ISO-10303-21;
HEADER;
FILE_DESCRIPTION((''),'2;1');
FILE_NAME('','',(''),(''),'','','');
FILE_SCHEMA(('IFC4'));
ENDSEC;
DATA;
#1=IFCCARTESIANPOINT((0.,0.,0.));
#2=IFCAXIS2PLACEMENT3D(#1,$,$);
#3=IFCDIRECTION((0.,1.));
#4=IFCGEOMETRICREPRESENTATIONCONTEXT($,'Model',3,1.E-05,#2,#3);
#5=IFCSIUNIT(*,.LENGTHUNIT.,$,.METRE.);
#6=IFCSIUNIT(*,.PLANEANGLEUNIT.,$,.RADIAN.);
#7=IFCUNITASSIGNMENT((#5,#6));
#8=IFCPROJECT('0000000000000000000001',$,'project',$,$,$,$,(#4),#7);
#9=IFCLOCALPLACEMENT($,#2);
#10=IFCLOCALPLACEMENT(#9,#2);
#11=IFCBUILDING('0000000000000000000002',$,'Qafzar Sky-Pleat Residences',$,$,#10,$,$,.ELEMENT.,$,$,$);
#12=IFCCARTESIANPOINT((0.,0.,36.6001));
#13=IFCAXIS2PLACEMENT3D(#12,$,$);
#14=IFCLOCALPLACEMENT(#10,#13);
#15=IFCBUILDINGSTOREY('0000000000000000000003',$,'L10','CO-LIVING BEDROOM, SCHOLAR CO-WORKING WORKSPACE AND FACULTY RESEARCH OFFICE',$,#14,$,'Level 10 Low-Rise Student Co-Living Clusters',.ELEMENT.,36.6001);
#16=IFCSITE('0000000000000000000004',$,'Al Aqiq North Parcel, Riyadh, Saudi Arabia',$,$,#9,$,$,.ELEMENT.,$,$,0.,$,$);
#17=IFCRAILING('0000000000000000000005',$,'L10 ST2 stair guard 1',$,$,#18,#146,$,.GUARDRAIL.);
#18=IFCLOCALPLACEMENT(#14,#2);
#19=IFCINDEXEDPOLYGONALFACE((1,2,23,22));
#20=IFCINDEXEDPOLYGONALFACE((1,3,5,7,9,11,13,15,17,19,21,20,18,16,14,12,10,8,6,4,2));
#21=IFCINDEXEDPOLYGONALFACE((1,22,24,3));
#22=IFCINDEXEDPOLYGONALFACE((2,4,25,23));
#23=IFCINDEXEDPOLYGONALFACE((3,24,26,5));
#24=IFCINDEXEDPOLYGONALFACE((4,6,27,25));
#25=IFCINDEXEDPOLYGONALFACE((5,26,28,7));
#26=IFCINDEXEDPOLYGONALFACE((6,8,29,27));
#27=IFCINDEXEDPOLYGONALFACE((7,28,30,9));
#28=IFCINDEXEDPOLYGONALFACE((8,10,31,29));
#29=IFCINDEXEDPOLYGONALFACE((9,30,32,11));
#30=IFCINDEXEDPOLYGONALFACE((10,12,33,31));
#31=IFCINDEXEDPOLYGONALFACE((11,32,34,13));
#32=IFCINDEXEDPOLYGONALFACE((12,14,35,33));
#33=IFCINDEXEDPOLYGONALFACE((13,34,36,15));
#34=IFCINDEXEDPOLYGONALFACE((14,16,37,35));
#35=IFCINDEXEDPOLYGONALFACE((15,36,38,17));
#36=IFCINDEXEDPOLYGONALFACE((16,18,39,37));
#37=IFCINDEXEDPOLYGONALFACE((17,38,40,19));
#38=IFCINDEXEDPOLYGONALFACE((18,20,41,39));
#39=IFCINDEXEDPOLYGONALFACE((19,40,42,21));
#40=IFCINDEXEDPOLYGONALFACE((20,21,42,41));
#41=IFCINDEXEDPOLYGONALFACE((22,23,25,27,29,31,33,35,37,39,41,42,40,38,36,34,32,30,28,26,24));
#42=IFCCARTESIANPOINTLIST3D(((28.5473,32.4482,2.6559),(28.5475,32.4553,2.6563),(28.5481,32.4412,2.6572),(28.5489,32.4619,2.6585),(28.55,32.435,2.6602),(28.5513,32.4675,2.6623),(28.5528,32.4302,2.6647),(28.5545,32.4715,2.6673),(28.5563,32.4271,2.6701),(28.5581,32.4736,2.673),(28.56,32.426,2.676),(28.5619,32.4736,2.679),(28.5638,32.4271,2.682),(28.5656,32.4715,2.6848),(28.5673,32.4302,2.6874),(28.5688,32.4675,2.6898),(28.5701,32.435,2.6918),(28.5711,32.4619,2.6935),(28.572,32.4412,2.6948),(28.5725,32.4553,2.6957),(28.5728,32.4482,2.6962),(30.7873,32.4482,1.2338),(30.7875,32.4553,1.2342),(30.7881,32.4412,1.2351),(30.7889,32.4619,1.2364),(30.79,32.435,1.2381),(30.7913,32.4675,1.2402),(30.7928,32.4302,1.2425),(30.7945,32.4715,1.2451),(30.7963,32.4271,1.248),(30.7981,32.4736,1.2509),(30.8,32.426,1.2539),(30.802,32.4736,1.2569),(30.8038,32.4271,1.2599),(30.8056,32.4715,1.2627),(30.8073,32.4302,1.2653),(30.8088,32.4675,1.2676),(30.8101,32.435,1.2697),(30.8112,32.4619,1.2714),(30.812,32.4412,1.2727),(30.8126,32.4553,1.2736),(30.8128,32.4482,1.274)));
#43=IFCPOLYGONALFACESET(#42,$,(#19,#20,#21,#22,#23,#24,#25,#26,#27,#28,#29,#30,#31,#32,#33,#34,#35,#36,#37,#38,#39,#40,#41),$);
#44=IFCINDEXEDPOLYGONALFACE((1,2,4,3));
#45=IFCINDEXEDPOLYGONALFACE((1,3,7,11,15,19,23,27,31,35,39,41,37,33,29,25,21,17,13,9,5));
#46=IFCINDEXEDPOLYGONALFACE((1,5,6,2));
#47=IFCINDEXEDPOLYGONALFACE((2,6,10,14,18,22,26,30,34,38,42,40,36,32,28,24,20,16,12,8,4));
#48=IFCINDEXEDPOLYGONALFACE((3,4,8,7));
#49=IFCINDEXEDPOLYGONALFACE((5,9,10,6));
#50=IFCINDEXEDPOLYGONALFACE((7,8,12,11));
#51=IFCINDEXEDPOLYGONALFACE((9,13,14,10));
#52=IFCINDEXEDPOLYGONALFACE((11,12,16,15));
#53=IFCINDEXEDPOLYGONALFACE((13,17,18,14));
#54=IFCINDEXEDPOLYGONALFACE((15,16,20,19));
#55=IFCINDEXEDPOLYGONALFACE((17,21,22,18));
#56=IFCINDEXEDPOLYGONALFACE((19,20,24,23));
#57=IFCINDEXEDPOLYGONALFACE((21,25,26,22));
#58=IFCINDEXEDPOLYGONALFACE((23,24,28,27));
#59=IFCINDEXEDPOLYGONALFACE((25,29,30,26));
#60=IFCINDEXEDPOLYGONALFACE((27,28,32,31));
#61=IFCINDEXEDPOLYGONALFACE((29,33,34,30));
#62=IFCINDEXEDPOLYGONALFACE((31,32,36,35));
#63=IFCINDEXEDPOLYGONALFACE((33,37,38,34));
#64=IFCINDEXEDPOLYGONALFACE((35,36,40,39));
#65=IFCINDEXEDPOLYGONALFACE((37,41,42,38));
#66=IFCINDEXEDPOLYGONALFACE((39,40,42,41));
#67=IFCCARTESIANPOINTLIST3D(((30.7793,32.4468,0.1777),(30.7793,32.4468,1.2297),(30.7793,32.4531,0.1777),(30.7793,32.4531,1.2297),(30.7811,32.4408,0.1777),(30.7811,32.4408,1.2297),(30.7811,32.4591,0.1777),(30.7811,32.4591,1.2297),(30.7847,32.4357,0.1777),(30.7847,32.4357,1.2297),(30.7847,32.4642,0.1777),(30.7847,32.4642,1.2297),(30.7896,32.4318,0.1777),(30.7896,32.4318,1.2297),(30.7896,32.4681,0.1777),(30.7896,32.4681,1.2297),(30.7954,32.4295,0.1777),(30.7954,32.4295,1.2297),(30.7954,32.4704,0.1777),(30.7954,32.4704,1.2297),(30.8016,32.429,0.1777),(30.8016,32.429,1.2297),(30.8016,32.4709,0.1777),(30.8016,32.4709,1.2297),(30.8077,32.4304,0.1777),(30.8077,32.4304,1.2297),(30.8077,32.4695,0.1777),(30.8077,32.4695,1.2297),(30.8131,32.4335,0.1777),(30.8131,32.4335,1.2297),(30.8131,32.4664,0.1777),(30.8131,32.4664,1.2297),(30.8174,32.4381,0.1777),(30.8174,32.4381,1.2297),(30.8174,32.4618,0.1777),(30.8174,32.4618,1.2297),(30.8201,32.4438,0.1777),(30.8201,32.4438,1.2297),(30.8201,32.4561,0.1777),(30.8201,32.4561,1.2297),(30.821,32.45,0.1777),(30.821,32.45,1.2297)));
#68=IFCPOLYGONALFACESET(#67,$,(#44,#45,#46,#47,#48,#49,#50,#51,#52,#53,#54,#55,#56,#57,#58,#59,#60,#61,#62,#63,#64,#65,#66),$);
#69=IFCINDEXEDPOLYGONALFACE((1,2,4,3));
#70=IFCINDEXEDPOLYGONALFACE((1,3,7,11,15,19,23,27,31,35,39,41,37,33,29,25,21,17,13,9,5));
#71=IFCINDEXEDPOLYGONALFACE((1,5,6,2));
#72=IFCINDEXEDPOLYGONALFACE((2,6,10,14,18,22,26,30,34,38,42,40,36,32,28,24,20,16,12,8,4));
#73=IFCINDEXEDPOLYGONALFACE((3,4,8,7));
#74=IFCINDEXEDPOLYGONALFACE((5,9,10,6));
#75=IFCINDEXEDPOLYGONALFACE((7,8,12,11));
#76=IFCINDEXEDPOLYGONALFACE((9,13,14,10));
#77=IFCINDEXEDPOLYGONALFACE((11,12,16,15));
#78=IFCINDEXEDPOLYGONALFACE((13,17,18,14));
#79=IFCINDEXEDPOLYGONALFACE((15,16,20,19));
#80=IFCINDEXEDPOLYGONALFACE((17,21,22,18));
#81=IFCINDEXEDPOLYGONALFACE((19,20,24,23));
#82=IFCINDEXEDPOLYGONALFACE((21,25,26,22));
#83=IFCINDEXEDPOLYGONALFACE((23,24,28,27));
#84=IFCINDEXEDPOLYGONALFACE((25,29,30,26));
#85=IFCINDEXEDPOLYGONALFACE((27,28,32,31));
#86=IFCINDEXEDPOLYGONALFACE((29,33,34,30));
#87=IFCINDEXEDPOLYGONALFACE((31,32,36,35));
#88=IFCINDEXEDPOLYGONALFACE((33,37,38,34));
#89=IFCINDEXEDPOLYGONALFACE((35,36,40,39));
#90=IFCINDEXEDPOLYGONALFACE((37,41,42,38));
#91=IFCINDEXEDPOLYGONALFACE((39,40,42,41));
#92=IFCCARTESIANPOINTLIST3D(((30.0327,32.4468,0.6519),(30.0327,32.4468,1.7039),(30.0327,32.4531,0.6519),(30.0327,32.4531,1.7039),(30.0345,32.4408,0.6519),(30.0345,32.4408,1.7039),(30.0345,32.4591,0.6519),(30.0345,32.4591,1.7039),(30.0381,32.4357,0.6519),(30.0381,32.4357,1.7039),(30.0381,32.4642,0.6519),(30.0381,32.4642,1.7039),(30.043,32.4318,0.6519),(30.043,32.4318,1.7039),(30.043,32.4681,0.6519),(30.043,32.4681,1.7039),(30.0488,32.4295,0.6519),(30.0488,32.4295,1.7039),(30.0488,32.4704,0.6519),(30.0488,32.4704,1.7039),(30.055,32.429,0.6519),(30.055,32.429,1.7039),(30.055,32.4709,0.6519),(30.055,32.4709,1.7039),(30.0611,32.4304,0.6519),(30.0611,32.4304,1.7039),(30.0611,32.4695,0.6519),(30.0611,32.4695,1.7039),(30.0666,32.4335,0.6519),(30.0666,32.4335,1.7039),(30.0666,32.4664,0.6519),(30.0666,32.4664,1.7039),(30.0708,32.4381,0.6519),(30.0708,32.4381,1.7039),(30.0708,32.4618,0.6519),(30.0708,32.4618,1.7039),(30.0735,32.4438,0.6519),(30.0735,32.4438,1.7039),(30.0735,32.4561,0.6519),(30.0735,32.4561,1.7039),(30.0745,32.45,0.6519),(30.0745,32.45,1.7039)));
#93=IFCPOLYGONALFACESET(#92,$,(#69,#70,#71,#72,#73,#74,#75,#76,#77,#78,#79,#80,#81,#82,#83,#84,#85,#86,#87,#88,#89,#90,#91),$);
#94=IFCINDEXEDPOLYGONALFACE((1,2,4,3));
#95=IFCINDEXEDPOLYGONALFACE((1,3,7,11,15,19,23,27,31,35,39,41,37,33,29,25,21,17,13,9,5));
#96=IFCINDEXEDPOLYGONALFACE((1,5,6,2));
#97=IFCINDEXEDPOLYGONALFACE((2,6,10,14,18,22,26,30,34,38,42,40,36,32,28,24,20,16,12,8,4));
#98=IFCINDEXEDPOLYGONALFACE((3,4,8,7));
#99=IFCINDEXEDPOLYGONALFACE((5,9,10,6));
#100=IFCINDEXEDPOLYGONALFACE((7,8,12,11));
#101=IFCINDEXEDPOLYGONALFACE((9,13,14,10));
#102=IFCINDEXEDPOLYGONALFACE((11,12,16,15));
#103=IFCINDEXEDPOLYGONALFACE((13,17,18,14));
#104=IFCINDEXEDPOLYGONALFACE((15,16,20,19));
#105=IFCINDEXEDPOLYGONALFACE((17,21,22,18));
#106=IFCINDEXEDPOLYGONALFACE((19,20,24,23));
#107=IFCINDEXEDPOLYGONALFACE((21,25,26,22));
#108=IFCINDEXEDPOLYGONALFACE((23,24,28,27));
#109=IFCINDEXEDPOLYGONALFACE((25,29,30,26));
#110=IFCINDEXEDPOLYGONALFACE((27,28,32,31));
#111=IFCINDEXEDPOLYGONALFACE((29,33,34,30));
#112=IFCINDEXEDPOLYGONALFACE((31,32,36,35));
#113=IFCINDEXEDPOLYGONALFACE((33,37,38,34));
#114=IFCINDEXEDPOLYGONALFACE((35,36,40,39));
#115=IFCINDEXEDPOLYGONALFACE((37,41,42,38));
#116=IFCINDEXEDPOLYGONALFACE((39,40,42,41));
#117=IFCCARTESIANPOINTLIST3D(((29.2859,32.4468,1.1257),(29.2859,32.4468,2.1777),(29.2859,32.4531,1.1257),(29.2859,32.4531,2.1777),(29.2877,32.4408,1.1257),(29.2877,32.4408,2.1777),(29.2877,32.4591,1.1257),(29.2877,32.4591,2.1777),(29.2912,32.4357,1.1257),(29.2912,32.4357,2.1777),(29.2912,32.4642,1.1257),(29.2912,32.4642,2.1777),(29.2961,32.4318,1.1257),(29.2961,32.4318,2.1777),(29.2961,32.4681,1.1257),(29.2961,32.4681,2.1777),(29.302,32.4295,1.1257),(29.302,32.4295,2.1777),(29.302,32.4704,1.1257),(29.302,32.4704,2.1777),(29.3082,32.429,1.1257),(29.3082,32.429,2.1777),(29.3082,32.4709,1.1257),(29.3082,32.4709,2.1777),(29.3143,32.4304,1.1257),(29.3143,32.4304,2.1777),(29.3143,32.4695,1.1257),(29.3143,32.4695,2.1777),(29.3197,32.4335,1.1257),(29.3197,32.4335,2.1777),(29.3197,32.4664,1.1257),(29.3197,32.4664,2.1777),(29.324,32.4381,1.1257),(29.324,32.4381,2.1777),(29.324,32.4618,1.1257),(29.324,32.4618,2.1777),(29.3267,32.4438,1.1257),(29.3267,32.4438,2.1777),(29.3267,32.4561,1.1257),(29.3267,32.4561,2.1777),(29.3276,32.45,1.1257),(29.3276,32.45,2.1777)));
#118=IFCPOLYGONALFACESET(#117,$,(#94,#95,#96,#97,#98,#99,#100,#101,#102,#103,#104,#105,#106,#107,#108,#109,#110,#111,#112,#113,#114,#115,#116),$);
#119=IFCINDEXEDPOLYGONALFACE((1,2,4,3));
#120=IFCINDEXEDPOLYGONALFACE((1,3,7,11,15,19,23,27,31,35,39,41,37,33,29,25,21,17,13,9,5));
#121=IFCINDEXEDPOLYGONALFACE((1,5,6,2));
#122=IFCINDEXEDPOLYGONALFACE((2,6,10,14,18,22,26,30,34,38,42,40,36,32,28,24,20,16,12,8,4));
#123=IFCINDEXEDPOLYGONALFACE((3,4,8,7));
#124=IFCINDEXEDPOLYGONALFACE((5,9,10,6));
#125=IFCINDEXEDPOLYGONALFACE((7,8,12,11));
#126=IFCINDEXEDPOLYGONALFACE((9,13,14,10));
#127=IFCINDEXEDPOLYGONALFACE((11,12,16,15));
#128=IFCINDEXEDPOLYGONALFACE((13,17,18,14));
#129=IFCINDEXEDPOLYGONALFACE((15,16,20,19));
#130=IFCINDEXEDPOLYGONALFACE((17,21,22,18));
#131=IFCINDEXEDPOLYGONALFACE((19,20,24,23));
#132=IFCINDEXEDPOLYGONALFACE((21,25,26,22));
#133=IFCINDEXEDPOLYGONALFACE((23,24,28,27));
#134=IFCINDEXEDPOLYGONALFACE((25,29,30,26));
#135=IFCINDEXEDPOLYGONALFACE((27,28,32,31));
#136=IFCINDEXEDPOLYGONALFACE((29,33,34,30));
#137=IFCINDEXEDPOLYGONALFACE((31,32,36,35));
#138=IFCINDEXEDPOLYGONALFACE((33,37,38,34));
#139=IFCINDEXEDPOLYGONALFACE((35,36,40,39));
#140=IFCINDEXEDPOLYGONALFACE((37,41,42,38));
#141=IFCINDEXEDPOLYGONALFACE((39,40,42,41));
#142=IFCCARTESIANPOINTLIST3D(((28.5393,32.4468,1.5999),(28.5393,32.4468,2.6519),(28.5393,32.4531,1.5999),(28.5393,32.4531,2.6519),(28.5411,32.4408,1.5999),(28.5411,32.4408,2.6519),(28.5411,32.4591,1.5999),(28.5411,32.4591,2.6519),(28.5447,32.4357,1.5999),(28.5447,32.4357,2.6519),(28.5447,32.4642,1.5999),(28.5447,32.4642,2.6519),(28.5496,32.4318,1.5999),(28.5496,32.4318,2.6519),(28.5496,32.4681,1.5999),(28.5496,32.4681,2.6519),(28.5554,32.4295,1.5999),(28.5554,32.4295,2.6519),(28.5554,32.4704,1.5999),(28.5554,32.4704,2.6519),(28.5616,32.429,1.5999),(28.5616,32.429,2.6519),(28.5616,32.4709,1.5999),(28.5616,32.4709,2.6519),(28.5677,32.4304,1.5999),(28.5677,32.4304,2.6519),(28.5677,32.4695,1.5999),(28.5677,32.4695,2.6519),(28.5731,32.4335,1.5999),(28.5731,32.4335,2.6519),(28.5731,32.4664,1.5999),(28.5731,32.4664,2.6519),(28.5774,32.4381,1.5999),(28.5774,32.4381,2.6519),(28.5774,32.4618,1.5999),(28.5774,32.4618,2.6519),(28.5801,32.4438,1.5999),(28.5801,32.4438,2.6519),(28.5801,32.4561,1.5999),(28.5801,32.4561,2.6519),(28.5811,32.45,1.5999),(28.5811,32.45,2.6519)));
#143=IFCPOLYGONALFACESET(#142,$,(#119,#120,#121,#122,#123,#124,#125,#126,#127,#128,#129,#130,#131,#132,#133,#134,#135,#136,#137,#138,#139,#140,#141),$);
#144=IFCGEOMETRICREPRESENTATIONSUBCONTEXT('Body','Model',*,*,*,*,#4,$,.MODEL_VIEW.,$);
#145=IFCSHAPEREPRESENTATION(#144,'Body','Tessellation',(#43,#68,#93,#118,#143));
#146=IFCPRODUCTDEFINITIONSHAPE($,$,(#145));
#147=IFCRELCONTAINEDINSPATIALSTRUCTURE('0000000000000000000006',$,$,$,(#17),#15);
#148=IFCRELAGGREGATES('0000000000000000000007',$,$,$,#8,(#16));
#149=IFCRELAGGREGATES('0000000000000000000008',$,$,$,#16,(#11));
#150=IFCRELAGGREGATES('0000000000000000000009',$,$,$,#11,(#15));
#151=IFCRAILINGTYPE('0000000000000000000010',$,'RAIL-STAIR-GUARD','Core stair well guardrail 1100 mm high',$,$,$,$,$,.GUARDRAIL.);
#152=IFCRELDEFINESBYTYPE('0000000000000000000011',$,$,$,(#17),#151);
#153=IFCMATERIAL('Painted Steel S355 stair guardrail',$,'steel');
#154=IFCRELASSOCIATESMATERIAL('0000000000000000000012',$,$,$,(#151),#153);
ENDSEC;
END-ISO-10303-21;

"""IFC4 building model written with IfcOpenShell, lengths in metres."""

from ifc_helpers import new_model, si_unit, direction, frame, origin, origin_2d, place, context, subcontext, project, spatial, circle, extrude, source, transform, mapped, material, type_object, element, save


model = new_model("IFC4")

# Units and contexts
model_context = context("Model", 3, precision=1e-05, world=origin(), true_north=direction((0.0, 1.0)))
body_context = subcontext(model_context, "Body", "Model", "MODEL_VIEW")
ifc_project = project(units=[si_unit("LENGTHUNIT", "METRE"), si_unit("PLANEANGLEUNIT", "RADIAN")], contexts=[model_context])

# Site, building, storey
site_placement = place(None, origin())
site = spatial("IfcSite", under=ifc_project, at=site_placement, Name="Al Aqiq North Parcel, Riyadh, Saudi Arabia", CompositionType="ELEMENT", RefElevation=0.0)
building_placement = place(site_placement, origin())
building = spatial("IfcBuilding", under=site, at=building_placement, Name="Qafzar Sky-Pleat Residences", CompositionType="ELEMENT")
storey_placement = place(building_placement, frame((0.0, 0.0, 36.6001)))
storey = spatial("IfcBuildingStorey", under=building, at=storey_placement, Name="L10", Description="CO-LIVING BEDROOM, SCHOLAR CO-WORKING WORKSPACE AND FACULTY RESEARCH OFFICE", LongName="Level 10 Low-Rise Student Co-Living Clusters", CompositionType="ELEMENT", Elevation=36.6001)

# Railing
ifc_material_1 = material(Name="Painted Steel S355 stair guardrail", Category="steel")
railing_type_1 = type_object("IfcRailingType", Name="RAIL-STAIR-GUARD", Description="Core stair well guardrail 1100 mm high", PredefinedType="GUARDRAIL", material=ifc_material_1)
shared_shape_1 = source(origin(), body_context, "Body", "SweptSolid", [
    extrude(circle(Radius=0.0239, at=origin_2d()), frame((0.0, 0.0, 1.0762), z_axis=(-0.844229, 0.0, 0.535982), x_axis=(0.0, -1.0, 0.0)), (0.0, 0.0, 1.0), 2.6533),
    extrude(circle(Radius=0.021, at=origin_2d()), origin(), (0.0, 0.0, 1.0), 1.052),
    extrude(circle(Radius=0.021, at=origin_2d()), frame((-0.7466, 0.0, 0.4741)), (0.0, 0.0, 1.0), 1.052),
    extrude(circle(Radius=0.021, at=origin_2d()), frame((-1.4934, 0.0, 0.948)), (0.0, 0.0, 1.0), 1.052),
    extrude(circle(Radius=0.021, at=origin_2d()), frame((-2.24, 0.0, 1.4221)), (0.0, 0.0, 1.0), 1.052),
])
railing_1_placement = place(storey_placement, frame((30.8, 32.45, 0.1777)))
element("IfcRailing", 1, at=railing_1_placement, inside=storey, type_object=railing_type_1, Name="L10 ST2 stair guard 1", PredefinedType="GUARDRAIL", context=body_context, shape_type="MappedRepresentation", body=[
    mapped(shared_shape_1, transform((0.0, 0.0, 0.0), x_axis=(1.0, 0.0, 0.0), y_axis=(0.0, 1.0, 0.0), z_axis=(0.0, 0.0, 1.0), scale=1.0)),
])

save(model, "model.ifc")
